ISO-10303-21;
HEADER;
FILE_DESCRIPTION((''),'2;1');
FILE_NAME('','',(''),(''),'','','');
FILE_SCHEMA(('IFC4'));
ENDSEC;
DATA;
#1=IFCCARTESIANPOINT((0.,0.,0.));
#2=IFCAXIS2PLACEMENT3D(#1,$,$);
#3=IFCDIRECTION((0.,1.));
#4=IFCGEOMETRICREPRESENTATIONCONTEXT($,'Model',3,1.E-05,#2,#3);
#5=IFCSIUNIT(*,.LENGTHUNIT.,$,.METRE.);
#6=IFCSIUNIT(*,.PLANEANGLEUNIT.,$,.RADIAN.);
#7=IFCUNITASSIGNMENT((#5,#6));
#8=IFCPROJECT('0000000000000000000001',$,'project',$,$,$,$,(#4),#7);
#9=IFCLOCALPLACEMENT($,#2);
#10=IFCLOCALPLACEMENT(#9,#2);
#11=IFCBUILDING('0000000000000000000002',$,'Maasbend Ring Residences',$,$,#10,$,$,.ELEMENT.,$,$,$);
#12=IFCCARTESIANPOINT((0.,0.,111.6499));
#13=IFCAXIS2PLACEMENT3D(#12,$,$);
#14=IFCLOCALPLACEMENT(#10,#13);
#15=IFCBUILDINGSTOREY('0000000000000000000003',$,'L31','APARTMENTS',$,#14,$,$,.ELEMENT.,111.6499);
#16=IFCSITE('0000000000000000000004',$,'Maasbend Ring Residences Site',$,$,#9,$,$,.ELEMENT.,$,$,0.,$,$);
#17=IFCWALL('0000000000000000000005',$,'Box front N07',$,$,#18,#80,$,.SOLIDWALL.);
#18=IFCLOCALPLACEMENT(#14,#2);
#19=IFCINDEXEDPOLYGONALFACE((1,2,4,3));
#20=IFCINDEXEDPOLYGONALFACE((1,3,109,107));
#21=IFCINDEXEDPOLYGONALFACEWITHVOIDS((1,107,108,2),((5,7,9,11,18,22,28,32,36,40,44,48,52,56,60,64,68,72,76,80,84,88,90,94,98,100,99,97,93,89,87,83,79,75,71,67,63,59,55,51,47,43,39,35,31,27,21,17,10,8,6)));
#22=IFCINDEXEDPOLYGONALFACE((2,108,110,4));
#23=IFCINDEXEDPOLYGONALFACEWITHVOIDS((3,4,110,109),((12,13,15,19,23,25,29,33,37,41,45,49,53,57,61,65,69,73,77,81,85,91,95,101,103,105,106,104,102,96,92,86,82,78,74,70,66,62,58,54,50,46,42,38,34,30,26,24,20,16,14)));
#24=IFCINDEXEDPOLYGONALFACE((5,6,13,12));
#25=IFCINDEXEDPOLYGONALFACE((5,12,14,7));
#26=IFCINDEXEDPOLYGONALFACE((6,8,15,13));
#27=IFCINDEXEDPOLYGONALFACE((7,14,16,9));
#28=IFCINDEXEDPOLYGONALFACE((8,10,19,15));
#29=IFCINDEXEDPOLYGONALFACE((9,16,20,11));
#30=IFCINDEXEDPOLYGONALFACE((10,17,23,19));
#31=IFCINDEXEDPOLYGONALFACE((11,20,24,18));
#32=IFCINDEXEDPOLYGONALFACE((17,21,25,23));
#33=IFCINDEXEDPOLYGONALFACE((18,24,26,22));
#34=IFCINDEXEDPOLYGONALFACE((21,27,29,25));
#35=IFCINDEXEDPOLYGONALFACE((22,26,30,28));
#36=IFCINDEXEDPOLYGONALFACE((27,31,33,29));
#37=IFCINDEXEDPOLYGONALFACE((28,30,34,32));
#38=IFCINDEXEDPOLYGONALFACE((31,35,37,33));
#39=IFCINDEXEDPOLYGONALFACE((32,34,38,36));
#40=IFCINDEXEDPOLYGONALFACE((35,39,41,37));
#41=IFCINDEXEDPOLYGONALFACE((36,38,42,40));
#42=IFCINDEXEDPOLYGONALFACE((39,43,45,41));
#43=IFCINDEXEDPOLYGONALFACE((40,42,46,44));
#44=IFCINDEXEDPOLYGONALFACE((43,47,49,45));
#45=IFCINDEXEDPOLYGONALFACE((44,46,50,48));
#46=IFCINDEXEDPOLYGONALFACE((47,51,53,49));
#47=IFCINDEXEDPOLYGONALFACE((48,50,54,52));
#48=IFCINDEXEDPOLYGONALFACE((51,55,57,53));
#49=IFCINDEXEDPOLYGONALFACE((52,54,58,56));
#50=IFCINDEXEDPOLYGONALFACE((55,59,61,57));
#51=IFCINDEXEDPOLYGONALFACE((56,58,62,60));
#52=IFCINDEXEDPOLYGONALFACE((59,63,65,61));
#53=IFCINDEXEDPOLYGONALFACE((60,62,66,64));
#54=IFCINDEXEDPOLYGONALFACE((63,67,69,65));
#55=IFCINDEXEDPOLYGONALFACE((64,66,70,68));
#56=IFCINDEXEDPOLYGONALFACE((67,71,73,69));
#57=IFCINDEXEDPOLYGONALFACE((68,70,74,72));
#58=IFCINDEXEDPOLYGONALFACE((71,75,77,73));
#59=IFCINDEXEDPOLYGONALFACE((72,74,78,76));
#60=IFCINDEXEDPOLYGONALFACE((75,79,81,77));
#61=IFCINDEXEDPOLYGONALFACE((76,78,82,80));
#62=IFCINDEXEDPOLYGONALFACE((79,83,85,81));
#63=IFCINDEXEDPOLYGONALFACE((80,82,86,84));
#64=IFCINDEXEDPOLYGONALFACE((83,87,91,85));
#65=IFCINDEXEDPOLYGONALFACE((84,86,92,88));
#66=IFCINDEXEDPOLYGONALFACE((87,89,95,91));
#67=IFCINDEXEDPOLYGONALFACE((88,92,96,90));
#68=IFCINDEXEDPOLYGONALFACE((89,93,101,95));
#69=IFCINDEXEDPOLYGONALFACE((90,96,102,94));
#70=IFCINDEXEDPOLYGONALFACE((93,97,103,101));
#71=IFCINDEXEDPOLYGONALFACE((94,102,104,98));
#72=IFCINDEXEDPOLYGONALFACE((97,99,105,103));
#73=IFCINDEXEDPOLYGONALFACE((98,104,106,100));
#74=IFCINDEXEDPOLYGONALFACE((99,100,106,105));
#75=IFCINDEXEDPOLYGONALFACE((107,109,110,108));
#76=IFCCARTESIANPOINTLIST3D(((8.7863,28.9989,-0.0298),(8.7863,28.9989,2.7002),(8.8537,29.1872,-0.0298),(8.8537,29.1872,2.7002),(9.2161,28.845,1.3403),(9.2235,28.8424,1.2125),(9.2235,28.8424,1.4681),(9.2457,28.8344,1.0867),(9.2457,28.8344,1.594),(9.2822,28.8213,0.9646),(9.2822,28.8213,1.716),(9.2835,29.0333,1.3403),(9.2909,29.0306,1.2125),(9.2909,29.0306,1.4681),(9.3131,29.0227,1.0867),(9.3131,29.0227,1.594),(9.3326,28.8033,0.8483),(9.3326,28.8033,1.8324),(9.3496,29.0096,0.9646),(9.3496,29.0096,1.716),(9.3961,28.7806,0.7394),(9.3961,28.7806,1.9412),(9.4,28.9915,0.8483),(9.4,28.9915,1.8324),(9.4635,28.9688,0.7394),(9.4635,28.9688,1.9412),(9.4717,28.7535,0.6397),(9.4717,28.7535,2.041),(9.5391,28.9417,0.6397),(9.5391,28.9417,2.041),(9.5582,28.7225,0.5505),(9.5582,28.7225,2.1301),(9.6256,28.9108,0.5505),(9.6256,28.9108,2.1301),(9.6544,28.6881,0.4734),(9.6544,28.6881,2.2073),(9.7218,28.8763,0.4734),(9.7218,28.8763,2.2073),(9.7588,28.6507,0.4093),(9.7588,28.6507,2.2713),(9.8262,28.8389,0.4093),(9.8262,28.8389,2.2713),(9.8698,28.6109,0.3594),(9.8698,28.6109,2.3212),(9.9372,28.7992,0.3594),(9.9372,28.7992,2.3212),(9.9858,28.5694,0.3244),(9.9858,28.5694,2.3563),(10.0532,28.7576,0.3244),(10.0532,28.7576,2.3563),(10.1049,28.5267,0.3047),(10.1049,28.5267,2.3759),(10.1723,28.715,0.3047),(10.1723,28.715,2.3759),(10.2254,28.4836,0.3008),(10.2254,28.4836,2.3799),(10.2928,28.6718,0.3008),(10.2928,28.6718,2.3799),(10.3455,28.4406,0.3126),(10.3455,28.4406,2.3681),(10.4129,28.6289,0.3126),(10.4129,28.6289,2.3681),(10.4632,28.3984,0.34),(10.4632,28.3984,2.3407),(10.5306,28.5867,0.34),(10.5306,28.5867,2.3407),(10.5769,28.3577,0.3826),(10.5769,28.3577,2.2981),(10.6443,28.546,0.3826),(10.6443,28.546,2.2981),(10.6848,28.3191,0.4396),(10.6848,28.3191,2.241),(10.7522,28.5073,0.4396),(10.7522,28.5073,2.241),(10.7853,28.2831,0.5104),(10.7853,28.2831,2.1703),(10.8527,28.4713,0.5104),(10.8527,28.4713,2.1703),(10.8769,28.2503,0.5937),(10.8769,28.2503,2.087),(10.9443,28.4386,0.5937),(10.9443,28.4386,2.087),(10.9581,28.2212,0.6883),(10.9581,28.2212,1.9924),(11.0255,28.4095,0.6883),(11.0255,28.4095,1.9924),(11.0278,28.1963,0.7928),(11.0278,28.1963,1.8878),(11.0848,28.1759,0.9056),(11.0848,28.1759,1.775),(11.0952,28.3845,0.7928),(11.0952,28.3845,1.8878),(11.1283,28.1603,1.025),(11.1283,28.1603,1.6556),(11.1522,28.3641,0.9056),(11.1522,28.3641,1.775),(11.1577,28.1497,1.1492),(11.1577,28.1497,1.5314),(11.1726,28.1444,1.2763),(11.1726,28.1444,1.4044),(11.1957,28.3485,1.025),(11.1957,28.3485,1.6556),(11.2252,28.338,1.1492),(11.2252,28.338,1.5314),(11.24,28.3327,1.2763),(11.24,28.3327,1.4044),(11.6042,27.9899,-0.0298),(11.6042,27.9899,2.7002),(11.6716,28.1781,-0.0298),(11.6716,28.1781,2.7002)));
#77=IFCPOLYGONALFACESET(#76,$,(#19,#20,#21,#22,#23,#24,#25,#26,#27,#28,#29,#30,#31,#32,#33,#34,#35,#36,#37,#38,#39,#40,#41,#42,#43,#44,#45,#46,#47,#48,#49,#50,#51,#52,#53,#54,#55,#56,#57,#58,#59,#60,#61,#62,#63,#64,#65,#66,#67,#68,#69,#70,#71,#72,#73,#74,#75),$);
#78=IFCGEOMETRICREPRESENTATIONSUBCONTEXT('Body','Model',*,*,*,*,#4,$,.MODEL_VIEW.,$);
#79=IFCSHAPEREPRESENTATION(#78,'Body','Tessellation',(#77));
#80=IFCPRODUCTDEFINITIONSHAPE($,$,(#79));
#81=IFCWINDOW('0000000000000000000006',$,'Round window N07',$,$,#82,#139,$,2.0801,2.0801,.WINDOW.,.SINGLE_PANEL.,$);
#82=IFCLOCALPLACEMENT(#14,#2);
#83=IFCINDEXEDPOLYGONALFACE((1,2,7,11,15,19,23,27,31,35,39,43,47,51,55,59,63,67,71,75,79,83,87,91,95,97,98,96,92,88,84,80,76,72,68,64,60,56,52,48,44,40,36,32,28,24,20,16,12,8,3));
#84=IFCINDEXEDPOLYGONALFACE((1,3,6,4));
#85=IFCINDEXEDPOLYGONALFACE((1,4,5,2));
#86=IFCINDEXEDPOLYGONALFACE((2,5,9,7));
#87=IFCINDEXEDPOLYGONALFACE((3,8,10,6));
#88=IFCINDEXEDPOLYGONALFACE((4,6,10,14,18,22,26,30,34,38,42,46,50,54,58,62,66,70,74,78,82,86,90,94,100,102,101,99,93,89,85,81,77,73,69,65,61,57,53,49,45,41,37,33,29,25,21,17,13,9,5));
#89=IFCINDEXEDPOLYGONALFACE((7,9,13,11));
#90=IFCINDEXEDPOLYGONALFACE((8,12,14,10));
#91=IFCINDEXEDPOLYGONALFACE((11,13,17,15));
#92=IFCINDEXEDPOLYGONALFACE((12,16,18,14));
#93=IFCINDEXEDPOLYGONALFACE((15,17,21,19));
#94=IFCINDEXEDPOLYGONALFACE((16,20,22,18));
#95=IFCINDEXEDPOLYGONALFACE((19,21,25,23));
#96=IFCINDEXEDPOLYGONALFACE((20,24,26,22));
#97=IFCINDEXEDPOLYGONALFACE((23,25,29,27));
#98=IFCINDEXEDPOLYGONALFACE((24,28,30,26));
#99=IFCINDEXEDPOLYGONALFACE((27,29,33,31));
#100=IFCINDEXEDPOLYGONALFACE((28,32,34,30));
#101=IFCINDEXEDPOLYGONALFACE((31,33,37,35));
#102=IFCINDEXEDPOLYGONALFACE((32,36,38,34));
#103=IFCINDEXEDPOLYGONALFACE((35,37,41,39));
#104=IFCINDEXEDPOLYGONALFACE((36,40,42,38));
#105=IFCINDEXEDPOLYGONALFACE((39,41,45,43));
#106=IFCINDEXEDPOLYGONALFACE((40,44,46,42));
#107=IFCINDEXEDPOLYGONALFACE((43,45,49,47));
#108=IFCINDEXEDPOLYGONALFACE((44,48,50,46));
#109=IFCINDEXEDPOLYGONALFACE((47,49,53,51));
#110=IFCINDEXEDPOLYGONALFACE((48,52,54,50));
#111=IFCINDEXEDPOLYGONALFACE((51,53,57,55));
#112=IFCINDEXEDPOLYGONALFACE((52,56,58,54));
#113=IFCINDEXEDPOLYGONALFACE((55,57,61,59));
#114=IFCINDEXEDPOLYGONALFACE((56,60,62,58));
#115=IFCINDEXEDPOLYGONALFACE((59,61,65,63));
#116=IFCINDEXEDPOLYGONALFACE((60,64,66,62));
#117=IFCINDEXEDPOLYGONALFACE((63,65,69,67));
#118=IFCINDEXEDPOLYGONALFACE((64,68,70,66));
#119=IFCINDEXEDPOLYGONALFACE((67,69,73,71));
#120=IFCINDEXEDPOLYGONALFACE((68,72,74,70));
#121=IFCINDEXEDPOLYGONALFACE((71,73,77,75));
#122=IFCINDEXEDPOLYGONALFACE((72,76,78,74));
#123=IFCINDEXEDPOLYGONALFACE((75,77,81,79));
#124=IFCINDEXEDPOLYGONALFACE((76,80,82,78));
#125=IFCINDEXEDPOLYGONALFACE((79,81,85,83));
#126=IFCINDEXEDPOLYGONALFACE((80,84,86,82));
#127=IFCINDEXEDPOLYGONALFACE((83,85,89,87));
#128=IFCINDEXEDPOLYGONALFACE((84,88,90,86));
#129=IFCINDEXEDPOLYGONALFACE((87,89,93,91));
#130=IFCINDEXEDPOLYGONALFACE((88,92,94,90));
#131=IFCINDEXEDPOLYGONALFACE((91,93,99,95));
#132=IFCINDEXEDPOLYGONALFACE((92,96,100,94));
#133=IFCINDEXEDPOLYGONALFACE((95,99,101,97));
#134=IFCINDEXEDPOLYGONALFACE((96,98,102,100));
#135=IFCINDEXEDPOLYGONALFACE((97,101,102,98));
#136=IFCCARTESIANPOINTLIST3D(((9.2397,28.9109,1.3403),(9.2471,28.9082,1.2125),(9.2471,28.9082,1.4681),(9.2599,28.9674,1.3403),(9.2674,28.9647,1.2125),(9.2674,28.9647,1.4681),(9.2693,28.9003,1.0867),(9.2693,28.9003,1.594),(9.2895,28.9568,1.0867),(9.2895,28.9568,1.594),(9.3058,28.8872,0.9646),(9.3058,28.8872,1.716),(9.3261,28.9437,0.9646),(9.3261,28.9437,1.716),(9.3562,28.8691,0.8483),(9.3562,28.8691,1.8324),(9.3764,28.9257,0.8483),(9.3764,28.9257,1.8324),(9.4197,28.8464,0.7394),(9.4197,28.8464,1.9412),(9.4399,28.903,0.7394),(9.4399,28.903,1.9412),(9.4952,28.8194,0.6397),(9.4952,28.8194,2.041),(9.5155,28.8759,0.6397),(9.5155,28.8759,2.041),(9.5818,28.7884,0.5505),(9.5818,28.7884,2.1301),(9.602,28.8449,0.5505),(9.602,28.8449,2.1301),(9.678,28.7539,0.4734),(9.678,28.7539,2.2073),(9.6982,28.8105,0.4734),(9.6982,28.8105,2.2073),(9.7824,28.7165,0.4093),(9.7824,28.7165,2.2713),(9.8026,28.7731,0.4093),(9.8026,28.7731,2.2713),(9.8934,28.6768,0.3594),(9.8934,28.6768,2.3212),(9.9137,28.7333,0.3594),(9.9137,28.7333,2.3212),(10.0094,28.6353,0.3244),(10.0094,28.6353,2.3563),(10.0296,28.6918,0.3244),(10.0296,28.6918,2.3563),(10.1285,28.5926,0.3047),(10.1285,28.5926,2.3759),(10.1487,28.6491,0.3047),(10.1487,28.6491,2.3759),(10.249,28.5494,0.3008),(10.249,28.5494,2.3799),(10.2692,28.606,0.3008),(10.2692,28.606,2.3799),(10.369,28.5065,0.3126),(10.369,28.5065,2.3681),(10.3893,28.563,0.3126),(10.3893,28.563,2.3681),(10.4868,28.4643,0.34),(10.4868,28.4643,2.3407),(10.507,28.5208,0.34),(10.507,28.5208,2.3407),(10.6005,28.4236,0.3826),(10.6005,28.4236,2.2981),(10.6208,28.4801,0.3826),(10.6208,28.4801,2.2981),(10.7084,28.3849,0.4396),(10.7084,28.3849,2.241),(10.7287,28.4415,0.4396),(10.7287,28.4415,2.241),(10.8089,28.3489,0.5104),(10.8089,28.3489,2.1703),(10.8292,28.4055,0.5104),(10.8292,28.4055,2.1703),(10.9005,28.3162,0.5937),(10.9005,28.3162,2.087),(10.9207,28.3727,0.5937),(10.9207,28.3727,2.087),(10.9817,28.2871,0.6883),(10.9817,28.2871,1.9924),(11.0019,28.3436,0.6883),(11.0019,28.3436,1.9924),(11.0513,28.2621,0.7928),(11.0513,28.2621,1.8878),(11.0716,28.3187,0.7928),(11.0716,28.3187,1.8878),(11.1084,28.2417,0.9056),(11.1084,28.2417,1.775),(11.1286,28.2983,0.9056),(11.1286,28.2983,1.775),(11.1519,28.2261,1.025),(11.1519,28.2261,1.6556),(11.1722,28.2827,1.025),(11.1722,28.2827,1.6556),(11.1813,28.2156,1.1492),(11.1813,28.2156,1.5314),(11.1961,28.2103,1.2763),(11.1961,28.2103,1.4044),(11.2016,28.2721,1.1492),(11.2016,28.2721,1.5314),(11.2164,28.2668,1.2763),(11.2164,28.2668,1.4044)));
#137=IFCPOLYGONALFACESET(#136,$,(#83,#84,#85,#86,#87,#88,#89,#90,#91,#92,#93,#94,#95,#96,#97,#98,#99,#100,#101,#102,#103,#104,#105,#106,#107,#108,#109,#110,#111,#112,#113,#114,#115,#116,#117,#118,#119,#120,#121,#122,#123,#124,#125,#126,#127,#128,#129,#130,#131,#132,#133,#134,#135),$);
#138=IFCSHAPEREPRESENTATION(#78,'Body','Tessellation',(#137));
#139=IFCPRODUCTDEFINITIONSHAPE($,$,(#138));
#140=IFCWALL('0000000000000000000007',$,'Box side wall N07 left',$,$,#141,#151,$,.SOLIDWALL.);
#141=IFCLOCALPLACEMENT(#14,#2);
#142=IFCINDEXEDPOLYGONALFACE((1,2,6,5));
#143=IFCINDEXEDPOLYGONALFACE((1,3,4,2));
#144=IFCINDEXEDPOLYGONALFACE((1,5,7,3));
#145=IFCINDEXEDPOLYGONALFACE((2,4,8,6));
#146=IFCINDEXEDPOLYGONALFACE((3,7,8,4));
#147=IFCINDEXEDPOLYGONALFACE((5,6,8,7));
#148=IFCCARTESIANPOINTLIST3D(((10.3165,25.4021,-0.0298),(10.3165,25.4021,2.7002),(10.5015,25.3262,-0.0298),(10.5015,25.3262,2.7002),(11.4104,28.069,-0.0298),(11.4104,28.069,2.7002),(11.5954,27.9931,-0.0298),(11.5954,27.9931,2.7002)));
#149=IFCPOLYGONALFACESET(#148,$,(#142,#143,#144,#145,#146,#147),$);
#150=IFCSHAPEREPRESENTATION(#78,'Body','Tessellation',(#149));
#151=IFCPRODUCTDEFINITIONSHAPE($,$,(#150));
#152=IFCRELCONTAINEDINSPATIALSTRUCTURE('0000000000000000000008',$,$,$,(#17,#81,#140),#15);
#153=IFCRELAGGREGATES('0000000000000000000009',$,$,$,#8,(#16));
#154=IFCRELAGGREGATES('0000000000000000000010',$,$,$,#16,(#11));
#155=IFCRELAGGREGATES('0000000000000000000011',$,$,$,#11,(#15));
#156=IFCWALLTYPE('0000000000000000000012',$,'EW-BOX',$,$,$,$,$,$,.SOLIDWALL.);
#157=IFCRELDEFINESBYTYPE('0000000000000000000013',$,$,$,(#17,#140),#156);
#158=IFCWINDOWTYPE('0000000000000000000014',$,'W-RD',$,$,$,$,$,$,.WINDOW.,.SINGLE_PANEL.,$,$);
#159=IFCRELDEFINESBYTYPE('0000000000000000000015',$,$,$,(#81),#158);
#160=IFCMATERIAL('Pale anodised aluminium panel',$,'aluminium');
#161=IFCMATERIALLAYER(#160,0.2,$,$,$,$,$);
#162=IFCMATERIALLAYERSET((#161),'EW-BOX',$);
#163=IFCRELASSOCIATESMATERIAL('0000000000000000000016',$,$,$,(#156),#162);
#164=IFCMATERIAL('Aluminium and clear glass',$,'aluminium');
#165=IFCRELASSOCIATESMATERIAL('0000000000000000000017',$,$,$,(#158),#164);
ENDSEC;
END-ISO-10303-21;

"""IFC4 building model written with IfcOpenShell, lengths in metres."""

from ifc_helpers import new_model, si_unit, direction, frame, frame_2d, origin, place, context, subcontext, project, spatial, rectangle, circle, extrude, material, layer, layer_set, type_object, element, fill, save


model = new_model("IFC4")

# Units and contexts
model_context = context("Model", 3, precision=1e-05, world=origin(), true_north=direction((0.0, 1.0)))
body_context = subcontext(model_context, "Body", "Model", "MODEL_VIEW")
ifc_project = project(units=[si_unit("LENGTHUNIT", "METRE"), si_unit("PLANEANGLEUNIT", "RADIAN")], contexts=[model_context])

# Site, building, storey
site_placement = place(None, origin())
site = spatial("IfcSite", under=ifc_project, at=site_placement, Name="Maasbend Ring Residences Site", CompositionType="ELEMENT", RefElevation=0.0)
building_placement = place(site_placement, origin())
building = spatial("IfcBuilding", under=site, at=building_placement, Name="Maasbend Ring Residences", CompositionType="ELEMENT")
storey_placement = place(building_placement, frame((0.0, 0.0, 111.6499)))
storey = spatial("IfcBuildingStorey", under=building, at=storey_placement, Name="L31", Description="APARTMENTS", CompositionType="ELEMENT", Elevation=111.6499)

# Shared definitions
ifc_material_1 = material(Name="Pale anodised aluminium panel", Category="aluminium")
ifc_layer_1 = layer(ifc_material_1, 0.2)
ifc_layer_set_1 = layer_set([ifc_layer_1], Name="EW-BOX")
wall_type_1 = type_object("IfcWallType", Name="EW-BOX", PredefinedType="SOLIDWALL", material=ifc_layer_set_1)

# Wall, opening, window
wall_1_placement = place(storey_placement, frame((11.6379, 28.084, -0.0298), z_axis=(0.0, 0.0, 1.0), x_axis=(-0.941461, 0.337122, 0.0)))
wall_1 = element("IfcWall", 1, at=wall_1_placement, inside=storey, type_object=wall_type_1, Name="Box front N07", PredefinedType="SOLIDWALL", context=body_context, shape_type="SweptSolid", body=[
    extrude(rectangle(XDim=2.9932, YDim=0.2, at=frame_2d((1.4966, 0.0))), origin(), (0.0, 0.0, 1.0), 2.73),
])
opening_1_placement = place(wall_1_placement, frame((0.4565, 0.0, 0.3301)))
opening_1 = element("IfcOpeningElement", 2, at=opening_1_placement, cuts=wall_1, PredefinedType="OPENING", context=body_context, shape_type="SweptSolid", body=[
    extrude(circle(Radius=1.04, at=frame_2d((1.04, 1.04))), frame((0.0, 0.1099, 0.0), z_axis=(0.0, -1.0, 0.0), x_axis=(1.0, 0.0, 0.0)), (0.0, 0.0, 1.0), 0.22),
])
ifc_material_2 = material(Name="Aluminium and clear glass", Category="aluminium")
window_type_1 = type_object("IfcWindowType", Name="W-RD", PartitioningType="SINGLE_PANEL", PredefinedType="WINDOW", material=ifc_material_2)
window_1_placement = place(opening_1_placement, origin())
window_1 = element("IfcWindow", 3, at=window_1_placement, inside=storey, type_object=window_type_1, Name="Round window N07", OverallHeight=2.0801, OverallWidth=2.0801, PartitioningType="SINGLE_PANEL", PredefinedType="WINDOW", context=body_context, shape_type="SweptSolid", body=[
    extrude(circle(Radius=1.04, at=frame_2d((1.04, 1.04))), frame((0.0, 0.03, 0.0), z_axis=(0.0, -1.0, 0.0), x_axis=(1.0, 0.0, 0.0)), (0.0, 0.0, 1.0), 0.0601),
])
fill(opening_1, window_1)

# Wall
wall_2_placement = place(storey_placement, frame((10.4089, 25.364, -0.0298), z_axis=(0.0, 0.0, 1.0), x_axis=(0.37951, 0.925188, 0.0)))
element("IfcWall", 4, at=wall_2_placement, inside=storey, type_object=wall_type_1, Name="Box side wall N07 left", PredefinedType="SOLIDWALL", context=body_context, shape_type="SweptSolid", body=[
    extrude(rectangle(XDim=2.8826, YDim=0.2, at=frame_2d((1.4414, 0.0))), origin(), (0.0, 0.0, 1.0), 2.73),
])

save(model, "model.ifc")
